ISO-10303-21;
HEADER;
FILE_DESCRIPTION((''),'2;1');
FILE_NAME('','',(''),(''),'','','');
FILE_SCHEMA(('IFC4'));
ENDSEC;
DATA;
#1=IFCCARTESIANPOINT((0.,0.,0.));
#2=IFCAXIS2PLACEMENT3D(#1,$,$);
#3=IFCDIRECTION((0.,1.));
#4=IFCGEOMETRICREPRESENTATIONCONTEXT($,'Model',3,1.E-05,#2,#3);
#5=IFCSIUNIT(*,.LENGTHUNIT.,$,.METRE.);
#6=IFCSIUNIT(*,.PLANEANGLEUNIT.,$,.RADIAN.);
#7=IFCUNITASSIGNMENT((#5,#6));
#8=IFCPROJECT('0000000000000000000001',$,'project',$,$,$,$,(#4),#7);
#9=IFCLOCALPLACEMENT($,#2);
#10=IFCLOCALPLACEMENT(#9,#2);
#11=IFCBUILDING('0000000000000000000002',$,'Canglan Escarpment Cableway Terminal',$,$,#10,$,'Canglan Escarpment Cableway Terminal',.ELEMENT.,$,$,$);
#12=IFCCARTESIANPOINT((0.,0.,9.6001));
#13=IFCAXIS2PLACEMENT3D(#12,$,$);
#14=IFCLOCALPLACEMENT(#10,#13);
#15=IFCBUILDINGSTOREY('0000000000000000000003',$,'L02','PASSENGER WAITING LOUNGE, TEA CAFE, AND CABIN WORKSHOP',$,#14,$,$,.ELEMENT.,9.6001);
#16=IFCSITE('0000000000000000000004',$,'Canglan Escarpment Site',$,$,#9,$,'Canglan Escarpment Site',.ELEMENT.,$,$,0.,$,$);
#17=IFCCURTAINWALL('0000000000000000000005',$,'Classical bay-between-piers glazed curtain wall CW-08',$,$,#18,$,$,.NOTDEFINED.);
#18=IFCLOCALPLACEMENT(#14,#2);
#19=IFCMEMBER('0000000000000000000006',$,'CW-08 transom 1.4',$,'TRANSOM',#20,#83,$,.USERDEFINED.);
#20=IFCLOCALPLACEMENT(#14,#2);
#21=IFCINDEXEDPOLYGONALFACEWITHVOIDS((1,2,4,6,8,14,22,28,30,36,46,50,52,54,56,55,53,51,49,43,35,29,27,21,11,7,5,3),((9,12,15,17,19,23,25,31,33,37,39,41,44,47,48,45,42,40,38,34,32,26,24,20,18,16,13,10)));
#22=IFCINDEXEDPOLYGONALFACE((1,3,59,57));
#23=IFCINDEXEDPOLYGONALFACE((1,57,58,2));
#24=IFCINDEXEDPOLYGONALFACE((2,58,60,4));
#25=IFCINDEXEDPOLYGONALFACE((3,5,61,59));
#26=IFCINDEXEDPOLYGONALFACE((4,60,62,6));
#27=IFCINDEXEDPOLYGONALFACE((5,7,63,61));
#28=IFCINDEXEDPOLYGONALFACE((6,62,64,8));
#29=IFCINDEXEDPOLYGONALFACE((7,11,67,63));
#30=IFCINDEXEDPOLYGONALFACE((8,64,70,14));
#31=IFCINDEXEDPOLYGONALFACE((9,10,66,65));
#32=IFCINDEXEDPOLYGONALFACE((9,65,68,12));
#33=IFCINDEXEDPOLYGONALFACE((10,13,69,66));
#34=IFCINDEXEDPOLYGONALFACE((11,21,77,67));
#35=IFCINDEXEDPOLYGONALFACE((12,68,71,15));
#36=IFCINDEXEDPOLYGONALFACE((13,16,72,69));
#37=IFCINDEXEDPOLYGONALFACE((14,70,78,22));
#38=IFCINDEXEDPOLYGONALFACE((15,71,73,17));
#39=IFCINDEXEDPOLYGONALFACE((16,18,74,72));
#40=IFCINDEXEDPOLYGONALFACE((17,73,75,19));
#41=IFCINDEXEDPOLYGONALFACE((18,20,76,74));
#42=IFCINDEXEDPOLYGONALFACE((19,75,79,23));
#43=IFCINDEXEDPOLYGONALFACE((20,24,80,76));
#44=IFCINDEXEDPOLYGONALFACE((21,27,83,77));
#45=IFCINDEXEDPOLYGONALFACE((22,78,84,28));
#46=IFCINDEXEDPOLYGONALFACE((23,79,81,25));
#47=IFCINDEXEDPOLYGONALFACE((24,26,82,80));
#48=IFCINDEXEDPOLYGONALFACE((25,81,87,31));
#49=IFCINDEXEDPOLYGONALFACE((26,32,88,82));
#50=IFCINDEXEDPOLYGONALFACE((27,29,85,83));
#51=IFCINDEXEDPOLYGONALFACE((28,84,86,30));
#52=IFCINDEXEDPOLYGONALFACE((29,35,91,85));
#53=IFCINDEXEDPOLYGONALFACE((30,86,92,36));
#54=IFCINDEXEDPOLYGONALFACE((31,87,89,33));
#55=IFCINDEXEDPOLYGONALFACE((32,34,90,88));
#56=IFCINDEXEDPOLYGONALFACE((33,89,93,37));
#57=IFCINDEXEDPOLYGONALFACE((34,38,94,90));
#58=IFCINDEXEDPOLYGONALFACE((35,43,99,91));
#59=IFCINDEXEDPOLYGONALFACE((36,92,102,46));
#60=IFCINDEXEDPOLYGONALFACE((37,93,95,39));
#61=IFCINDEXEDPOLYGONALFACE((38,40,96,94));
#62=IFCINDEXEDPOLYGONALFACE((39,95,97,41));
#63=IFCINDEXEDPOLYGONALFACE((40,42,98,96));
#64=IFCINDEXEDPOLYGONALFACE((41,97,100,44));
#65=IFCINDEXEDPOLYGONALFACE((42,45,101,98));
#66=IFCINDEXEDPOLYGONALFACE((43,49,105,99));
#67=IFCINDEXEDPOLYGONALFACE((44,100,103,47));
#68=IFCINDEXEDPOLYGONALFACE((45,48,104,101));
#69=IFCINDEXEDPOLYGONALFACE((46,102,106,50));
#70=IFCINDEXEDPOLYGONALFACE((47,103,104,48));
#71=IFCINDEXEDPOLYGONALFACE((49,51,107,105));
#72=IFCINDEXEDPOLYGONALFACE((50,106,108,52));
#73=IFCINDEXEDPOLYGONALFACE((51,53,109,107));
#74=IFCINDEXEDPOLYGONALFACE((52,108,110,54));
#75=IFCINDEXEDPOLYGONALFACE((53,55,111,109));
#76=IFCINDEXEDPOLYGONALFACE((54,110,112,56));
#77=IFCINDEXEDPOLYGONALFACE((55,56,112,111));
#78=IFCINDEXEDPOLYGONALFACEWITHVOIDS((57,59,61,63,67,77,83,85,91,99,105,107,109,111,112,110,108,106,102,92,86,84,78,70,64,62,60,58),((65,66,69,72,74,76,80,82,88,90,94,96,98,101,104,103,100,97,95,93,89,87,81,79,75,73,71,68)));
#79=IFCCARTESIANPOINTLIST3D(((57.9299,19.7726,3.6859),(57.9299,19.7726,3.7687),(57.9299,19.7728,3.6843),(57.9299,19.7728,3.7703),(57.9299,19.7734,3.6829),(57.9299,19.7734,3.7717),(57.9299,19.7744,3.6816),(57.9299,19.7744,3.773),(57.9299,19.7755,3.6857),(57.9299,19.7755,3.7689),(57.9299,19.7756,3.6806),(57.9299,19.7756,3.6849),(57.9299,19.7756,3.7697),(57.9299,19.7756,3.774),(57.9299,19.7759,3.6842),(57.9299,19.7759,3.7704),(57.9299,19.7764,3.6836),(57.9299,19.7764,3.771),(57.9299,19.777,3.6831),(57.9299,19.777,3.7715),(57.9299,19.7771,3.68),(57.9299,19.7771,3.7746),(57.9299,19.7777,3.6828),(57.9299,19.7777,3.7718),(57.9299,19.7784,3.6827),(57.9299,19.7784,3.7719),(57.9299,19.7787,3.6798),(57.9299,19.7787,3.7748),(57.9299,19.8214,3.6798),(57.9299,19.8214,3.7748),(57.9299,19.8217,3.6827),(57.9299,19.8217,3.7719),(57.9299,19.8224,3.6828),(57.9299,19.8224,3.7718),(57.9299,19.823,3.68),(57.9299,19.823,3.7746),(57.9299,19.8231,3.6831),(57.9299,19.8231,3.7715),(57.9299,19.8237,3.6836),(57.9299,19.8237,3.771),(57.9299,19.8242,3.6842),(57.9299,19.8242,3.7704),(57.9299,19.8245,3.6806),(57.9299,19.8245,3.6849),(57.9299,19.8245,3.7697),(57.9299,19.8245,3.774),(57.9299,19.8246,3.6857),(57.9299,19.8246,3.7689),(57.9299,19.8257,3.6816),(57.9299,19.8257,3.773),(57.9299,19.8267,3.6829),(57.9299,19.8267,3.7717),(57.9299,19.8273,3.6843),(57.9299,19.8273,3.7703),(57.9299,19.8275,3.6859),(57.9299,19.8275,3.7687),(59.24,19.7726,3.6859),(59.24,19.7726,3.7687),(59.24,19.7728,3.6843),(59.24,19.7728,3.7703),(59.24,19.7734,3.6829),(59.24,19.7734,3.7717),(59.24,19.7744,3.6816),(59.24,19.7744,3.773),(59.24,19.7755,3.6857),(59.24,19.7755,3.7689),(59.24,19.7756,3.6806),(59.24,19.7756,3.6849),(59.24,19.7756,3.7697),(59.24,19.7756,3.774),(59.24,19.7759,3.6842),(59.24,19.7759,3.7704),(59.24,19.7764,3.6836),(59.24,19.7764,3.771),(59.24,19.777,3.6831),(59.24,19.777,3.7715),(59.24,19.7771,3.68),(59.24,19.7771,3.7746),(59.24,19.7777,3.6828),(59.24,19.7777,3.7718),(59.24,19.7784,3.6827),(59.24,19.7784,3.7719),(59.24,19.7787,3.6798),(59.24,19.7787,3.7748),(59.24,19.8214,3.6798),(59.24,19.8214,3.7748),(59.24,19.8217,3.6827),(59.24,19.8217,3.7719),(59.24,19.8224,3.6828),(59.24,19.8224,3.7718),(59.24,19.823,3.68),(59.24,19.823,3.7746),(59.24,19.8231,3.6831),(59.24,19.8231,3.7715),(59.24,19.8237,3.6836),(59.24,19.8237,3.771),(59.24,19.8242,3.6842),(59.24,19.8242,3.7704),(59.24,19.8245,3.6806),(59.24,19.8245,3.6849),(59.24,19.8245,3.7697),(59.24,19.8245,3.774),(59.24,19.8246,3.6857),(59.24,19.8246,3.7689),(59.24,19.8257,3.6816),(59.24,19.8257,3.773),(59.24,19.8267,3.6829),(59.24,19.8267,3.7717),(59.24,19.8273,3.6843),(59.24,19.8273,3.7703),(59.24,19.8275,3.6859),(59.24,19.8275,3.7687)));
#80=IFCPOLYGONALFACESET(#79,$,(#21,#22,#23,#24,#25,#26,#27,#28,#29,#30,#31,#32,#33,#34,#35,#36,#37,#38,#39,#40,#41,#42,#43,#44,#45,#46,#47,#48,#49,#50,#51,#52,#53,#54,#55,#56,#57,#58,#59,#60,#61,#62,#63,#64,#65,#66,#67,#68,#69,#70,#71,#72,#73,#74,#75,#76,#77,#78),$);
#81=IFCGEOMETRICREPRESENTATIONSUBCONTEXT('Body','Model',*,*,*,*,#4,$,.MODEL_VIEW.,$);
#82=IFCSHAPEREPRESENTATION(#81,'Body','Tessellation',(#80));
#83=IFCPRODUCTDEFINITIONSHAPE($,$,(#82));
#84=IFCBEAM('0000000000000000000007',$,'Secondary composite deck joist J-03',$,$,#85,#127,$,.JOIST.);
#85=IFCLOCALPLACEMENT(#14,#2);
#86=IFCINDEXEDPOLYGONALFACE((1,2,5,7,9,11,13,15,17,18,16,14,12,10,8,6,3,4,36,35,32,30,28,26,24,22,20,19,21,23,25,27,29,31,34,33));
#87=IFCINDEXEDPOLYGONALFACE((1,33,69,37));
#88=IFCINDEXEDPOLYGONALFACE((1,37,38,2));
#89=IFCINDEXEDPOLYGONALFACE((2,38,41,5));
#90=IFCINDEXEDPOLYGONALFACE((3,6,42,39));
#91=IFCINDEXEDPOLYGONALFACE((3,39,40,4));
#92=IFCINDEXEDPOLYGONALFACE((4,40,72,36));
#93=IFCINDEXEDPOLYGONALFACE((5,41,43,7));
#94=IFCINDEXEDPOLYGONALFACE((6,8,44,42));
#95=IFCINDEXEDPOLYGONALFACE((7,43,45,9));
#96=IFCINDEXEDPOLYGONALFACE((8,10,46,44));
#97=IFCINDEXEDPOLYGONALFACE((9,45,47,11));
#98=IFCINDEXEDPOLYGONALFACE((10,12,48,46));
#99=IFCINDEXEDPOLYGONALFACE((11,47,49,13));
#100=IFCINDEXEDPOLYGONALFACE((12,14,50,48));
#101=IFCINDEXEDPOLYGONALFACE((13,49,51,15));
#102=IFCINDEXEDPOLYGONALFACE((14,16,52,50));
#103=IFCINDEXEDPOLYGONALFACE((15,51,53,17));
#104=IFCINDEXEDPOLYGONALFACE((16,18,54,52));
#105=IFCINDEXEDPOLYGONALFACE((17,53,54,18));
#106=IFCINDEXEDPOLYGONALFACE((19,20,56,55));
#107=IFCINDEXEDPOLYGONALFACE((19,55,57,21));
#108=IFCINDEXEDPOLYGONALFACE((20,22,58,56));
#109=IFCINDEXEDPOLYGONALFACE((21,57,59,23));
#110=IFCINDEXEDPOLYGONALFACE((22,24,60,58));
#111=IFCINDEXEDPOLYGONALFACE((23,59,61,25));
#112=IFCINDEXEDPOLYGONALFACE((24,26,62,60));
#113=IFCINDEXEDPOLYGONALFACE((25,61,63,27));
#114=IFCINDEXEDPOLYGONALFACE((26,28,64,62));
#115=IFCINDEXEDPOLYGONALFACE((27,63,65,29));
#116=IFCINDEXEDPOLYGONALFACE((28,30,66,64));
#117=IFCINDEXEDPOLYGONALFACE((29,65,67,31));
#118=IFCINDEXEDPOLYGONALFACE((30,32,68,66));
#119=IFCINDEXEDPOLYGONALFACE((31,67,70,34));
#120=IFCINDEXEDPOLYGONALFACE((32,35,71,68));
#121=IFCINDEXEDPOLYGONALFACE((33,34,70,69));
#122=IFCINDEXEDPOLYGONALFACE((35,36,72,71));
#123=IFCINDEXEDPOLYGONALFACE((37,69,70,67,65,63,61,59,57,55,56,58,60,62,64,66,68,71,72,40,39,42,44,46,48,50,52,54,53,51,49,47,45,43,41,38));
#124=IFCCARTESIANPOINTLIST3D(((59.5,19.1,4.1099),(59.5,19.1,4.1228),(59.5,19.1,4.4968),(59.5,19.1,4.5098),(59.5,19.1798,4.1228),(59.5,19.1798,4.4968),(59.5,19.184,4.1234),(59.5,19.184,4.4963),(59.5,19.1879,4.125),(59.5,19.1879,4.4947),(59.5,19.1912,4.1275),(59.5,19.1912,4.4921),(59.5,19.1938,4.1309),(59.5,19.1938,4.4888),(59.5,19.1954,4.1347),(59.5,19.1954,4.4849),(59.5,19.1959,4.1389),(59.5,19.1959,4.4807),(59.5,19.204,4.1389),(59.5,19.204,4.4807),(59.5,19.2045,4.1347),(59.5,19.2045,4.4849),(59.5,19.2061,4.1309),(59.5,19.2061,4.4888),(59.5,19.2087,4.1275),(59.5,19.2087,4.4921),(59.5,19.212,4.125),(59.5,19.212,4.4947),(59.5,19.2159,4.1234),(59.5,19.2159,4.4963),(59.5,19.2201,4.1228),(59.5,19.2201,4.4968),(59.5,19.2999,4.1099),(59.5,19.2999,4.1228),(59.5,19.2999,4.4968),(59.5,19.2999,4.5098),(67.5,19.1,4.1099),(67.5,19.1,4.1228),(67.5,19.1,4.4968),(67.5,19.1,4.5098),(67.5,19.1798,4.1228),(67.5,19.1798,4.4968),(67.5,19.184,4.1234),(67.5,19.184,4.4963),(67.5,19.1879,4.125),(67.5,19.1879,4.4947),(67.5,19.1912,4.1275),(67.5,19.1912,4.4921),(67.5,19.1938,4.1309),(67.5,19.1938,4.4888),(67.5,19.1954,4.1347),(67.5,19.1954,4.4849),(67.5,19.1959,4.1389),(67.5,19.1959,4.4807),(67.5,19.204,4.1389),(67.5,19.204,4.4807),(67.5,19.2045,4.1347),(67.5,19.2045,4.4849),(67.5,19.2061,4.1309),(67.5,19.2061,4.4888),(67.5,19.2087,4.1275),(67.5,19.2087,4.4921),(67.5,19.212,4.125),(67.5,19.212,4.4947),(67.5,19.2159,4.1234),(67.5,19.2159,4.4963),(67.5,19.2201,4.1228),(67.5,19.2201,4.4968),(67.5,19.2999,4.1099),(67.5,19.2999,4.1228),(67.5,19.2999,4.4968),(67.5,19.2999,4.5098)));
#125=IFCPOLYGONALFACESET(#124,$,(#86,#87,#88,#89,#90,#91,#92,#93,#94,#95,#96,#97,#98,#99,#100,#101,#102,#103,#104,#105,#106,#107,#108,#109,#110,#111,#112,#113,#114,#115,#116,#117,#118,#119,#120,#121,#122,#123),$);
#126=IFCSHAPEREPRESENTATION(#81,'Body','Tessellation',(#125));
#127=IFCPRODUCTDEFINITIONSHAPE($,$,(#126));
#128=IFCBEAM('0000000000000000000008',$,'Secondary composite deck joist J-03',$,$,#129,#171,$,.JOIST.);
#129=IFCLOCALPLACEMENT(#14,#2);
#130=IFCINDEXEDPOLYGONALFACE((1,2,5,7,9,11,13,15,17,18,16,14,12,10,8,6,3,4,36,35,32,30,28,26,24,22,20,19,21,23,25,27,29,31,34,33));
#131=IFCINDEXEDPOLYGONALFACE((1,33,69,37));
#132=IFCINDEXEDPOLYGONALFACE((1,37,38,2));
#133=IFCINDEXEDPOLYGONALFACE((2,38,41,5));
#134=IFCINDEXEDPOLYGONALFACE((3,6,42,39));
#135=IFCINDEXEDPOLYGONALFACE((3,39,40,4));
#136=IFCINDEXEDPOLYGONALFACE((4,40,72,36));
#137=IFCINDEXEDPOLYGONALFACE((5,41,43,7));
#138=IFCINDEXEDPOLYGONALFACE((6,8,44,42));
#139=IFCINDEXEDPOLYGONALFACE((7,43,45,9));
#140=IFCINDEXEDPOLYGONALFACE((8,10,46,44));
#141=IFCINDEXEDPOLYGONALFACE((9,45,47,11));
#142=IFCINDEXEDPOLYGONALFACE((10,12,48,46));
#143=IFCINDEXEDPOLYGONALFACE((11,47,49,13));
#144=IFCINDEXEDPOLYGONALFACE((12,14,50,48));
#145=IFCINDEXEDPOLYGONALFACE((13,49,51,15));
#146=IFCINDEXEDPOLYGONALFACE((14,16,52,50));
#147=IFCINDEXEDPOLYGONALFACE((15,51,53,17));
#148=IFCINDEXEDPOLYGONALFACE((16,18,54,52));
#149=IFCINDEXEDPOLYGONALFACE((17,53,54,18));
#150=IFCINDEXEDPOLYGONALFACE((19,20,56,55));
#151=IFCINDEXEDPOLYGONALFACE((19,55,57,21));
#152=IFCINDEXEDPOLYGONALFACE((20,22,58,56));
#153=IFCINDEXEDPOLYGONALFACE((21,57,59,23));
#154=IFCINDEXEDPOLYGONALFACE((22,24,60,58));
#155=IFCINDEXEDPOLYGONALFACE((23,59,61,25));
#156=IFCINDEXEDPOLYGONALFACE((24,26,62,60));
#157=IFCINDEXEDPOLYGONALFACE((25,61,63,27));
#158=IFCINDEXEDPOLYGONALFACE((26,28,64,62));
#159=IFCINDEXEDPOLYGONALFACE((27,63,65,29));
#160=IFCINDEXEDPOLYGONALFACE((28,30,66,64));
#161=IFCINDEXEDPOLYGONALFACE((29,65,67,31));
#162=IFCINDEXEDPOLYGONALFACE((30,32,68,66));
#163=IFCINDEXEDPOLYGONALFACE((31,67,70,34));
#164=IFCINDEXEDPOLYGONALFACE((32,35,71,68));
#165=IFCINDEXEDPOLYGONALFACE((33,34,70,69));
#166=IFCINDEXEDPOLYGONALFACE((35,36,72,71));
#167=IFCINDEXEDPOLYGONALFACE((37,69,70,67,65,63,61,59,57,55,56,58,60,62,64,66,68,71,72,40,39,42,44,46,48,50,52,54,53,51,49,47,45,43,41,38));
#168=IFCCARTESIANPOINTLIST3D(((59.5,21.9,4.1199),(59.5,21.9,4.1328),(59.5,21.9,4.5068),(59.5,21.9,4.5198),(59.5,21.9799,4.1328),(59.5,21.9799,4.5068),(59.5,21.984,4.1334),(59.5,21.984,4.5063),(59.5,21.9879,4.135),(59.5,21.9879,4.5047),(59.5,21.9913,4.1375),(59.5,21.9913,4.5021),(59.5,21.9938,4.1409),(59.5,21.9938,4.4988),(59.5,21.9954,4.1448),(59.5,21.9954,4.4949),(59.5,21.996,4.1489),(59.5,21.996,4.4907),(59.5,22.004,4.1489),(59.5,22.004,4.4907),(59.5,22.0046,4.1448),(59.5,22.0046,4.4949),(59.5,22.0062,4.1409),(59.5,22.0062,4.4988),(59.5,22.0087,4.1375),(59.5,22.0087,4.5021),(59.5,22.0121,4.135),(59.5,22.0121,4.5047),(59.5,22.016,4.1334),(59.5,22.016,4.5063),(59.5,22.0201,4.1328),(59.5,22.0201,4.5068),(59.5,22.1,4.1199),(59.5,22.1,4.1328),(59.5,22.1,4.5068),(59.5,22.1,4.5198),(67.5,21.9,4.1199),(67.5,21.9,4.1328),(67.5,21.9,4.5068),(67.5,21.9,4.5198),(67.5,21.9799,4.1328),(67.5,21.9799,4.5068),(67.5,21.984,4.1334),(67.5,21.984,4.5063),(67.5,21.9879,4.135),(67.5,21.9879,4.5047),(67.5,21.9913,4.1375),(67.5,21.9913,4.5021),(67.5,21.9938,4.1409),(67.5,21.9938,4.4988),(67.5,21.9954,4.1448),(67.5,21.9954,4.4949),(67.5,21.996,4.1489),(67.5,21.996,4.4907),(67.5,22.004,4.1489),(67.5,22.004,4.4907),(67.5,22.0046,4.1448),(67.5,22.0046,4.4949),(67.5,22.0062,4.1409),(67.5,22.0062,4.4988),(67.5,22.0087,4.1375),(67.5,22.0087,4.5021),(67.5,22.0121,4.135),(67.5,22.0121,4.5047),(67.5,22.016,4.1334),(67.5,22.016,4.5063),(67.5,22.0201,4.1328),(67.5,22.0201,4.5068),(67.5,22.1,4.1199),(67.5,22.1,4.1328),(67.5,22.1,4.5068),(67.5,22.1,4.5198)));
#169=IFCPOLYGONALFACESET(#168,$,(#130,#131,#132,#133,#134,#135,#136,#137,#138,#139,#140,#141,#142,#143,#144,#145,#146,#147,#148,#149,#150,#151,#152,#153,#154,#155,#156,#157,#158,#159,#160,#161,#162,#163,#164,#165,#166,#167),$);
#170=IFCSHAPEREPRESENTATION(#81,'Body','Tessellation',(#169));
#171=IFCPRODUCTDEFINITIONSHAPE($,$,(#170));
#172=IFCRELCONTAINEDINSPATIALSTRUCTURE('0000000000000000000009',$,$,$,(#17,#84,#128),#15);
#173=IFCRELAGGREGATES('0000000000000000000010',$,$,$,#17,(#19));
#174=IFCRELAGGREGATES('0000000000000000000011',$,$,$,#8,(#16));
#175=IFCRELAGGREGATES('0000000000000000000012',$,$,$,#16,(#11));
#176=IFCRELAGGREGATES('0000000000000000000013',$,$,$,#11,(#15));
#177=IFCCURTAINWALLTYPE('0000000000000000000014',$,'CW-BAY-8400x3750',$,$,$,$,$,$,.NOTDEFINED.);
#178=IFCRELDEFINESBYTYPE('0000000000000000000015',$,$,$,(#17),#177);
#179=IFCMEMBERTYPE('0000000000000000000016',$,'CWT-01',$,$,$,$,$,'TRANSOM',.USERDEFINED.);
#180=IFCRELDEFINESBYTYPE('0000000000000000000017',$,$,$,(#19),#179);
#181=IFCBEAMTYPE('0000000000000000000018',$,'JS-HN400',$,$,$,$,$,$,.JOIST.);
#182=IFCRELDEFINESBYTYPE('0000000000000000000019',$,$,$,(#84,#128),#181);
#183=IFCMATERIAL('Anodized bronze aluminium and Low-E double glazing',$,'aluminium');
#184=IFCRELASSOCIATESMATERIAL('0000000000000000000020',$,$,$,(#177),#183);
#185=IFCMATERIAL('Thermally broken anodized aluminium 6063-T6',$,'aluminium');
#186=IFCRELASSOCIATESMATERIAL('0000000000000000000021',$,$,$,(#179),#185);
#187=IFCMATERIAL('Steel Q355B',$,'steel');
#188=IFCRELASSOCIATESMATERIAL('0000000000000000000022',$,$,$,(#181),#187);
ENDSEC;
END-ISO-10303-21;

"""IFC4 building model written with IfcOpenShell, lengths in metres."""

from ifc_helpers import new_model, si_unit, direction, frame, origin, origin_2d, place, context, subcontext, project, spatial, hollow_rectangle, i_section, extrude, material, material_profile, profile_set, type_object, element, aggregate, save


model = new_model("IFC4")

# Units and contexts
model_context = context("Model", 3, precision=1e-05, world=origin(), true_north=direction((0.0, 1.0)))
body_context = subcontext(model_context, "Body", "Model", "MODEL_VIEW")
ifc_project = project(units=[si_unit("LENGTHUNIT", "METRE"), si_unit("PLANEANGLEUNIT", "RADIAN")], contexts=[model_context])

# Site, building, storey
site_placement = place(None, origin())
site = spatial("IfcSite", under=ifc_project, at=site_placement, Name="Canglan Escarpment Site", LongName="Canglan Escarpment Site", CompositionType="ELEMENT", RefElevation=0.0)
building_placement = place(site_placement, origin())
building = spatial("IfcBuilding", under=site, at=building_placement, Name="Canglan Escarpment Cableway Terminal", LongName="Canglan Escarpment Cableway Terminal", CompositionType="ELEMENT")
storey_placement = place(building_placement, frame((0.0, 0.0, 9.6001)))
storey = spatial("IfcBuildingStorey", under=building, at=storey_placement, Name="L02", Description="PASSENGER WAITING LOUNGE, TEA CAFE, AND CABIN WORKSHOP", CompositionType="ELEMENT", Elevation=9.6001)

# Curtain wall
ifc_material_1 = material(Name="Anodized bronze aluminium and Low-E double glazing", Category="aluminium")
curtain_wall_type = type_object("IfcCurtainWallType", Name="CW-BAY-8400x3750", PredefinedType="NOTDEFINED", material=ifc_material_1)
curtain_wall_1_placement = place(storey_placement, origin())
curtain_wall_1 = element("IfcCurtainWall", 1, at=curtain_wall_1_placement, inside=storey, type_object=curtain_wall_type, Name="Classical bay-between-piers glazed curtain wall CW-08", PredefinedType="NOTDEFINED")
ifc_material_2 = material(Name="Thermally broken anodized aluminium 6063-T6", Category="aluminium")

# Member
ifc_material_profile_1 = material_profile(ifc_material_2, hollow_rectangle(XDim=0.0549, YDim=0.095, WallThickness=0.0029, InnerFilletRadius=0.0029, OuterFilletRadius=0.0061, at=origin_2d()), Name="ALU-TRAN 55x95x3")
ifc_profile_set_1 = profile_set([ifc_material_profile_1], Name="Thermally broken anodized aluminium 6063-T6")
member_type_1 = type_object("IfcMemberType", Name="CWT-01", ElementType="TRANSOM", PredefinedType="USERDEFINED", material=ifc_profile_set_1)
member_1_placement = place(storey_placement, frame((59.24, 19.8, 3.7273), z_axis=(-1.0, 0.0, 0.0), x_axis=(0.0, -1.0, 0.0)))
member_1 = element("IfcMember", 2, at=member_1_placement, type_object=member_type_1, Name="CW-08 transom 1.4", ObjectType="TRANSOM", PredefinedType="USERDEFINED", context=body_context, shape_type="SweptSolid", body=[
    extrude(hollow_rectangle(XDim=0.0549, YDim=0.095, WallThickness=0.0029, InnerFilletRadius=0.0029, OuterFilletRadius=0.0061, at=origin_2d()), origin(), (0.0, 0.0, 1.0), 1.3101),
])
aggregate(curtain_wall_1, [member_1])

# Beams
ifc_material_3 = material(Name="Steel Q355B", Category="steel")
ifc_material_profile_2 = material_profile(ifc_material_3, i_section(OverallWidth=0.2, OverallDepth=0.3999, WebThickness=0.0081, FlangeThickness=0.0129, FilletRadius=0.0161, at=origin_2d()), Name="HN 400x200x8x13")
ifc_profile_set_2 = profile_set([ifc_material_profile_2], Name="Steel Q355B")
beam_type_1 = type_object("IfcBeamType", Name="JS-HN400", PredefinedType="JOIST", material=ifc_profile_set_2)
for number, where, z_axis, x_axis, name in (
    (3, (59.5, 19.2, 4.3098), (1.0, 0.0, 0.0), (0.0, 1.0, 0.0), "Secondary composite deck joist J-03"),
    (4, (59.5, 22.0, 4.3198), (1.0, 0.0, 0.0), (0.0, 1.0, 0.0), "Secondary composite deck joist J-03"),
):
    element("IfcBeam", number, at=place(storey_placement, frame(where, z_axis=z_axis, x_axis=x_axis)), inside=storey, type_object=beam_type_1, Name=name, PredefinedType="JOIST", context=body_context, shape_type="SweptSolid", body=[
        extrude(i_section(OverallWidth=0.2, OverallDepth=0.3999, WebThickness=0.0081, FlangeThickness=0.0129, FilletRadius=0.0161, at=origin_2d()), origin(), (0.0, 0.0, 1.0), 8.0),
    ])

save(model, "model.ifc")
